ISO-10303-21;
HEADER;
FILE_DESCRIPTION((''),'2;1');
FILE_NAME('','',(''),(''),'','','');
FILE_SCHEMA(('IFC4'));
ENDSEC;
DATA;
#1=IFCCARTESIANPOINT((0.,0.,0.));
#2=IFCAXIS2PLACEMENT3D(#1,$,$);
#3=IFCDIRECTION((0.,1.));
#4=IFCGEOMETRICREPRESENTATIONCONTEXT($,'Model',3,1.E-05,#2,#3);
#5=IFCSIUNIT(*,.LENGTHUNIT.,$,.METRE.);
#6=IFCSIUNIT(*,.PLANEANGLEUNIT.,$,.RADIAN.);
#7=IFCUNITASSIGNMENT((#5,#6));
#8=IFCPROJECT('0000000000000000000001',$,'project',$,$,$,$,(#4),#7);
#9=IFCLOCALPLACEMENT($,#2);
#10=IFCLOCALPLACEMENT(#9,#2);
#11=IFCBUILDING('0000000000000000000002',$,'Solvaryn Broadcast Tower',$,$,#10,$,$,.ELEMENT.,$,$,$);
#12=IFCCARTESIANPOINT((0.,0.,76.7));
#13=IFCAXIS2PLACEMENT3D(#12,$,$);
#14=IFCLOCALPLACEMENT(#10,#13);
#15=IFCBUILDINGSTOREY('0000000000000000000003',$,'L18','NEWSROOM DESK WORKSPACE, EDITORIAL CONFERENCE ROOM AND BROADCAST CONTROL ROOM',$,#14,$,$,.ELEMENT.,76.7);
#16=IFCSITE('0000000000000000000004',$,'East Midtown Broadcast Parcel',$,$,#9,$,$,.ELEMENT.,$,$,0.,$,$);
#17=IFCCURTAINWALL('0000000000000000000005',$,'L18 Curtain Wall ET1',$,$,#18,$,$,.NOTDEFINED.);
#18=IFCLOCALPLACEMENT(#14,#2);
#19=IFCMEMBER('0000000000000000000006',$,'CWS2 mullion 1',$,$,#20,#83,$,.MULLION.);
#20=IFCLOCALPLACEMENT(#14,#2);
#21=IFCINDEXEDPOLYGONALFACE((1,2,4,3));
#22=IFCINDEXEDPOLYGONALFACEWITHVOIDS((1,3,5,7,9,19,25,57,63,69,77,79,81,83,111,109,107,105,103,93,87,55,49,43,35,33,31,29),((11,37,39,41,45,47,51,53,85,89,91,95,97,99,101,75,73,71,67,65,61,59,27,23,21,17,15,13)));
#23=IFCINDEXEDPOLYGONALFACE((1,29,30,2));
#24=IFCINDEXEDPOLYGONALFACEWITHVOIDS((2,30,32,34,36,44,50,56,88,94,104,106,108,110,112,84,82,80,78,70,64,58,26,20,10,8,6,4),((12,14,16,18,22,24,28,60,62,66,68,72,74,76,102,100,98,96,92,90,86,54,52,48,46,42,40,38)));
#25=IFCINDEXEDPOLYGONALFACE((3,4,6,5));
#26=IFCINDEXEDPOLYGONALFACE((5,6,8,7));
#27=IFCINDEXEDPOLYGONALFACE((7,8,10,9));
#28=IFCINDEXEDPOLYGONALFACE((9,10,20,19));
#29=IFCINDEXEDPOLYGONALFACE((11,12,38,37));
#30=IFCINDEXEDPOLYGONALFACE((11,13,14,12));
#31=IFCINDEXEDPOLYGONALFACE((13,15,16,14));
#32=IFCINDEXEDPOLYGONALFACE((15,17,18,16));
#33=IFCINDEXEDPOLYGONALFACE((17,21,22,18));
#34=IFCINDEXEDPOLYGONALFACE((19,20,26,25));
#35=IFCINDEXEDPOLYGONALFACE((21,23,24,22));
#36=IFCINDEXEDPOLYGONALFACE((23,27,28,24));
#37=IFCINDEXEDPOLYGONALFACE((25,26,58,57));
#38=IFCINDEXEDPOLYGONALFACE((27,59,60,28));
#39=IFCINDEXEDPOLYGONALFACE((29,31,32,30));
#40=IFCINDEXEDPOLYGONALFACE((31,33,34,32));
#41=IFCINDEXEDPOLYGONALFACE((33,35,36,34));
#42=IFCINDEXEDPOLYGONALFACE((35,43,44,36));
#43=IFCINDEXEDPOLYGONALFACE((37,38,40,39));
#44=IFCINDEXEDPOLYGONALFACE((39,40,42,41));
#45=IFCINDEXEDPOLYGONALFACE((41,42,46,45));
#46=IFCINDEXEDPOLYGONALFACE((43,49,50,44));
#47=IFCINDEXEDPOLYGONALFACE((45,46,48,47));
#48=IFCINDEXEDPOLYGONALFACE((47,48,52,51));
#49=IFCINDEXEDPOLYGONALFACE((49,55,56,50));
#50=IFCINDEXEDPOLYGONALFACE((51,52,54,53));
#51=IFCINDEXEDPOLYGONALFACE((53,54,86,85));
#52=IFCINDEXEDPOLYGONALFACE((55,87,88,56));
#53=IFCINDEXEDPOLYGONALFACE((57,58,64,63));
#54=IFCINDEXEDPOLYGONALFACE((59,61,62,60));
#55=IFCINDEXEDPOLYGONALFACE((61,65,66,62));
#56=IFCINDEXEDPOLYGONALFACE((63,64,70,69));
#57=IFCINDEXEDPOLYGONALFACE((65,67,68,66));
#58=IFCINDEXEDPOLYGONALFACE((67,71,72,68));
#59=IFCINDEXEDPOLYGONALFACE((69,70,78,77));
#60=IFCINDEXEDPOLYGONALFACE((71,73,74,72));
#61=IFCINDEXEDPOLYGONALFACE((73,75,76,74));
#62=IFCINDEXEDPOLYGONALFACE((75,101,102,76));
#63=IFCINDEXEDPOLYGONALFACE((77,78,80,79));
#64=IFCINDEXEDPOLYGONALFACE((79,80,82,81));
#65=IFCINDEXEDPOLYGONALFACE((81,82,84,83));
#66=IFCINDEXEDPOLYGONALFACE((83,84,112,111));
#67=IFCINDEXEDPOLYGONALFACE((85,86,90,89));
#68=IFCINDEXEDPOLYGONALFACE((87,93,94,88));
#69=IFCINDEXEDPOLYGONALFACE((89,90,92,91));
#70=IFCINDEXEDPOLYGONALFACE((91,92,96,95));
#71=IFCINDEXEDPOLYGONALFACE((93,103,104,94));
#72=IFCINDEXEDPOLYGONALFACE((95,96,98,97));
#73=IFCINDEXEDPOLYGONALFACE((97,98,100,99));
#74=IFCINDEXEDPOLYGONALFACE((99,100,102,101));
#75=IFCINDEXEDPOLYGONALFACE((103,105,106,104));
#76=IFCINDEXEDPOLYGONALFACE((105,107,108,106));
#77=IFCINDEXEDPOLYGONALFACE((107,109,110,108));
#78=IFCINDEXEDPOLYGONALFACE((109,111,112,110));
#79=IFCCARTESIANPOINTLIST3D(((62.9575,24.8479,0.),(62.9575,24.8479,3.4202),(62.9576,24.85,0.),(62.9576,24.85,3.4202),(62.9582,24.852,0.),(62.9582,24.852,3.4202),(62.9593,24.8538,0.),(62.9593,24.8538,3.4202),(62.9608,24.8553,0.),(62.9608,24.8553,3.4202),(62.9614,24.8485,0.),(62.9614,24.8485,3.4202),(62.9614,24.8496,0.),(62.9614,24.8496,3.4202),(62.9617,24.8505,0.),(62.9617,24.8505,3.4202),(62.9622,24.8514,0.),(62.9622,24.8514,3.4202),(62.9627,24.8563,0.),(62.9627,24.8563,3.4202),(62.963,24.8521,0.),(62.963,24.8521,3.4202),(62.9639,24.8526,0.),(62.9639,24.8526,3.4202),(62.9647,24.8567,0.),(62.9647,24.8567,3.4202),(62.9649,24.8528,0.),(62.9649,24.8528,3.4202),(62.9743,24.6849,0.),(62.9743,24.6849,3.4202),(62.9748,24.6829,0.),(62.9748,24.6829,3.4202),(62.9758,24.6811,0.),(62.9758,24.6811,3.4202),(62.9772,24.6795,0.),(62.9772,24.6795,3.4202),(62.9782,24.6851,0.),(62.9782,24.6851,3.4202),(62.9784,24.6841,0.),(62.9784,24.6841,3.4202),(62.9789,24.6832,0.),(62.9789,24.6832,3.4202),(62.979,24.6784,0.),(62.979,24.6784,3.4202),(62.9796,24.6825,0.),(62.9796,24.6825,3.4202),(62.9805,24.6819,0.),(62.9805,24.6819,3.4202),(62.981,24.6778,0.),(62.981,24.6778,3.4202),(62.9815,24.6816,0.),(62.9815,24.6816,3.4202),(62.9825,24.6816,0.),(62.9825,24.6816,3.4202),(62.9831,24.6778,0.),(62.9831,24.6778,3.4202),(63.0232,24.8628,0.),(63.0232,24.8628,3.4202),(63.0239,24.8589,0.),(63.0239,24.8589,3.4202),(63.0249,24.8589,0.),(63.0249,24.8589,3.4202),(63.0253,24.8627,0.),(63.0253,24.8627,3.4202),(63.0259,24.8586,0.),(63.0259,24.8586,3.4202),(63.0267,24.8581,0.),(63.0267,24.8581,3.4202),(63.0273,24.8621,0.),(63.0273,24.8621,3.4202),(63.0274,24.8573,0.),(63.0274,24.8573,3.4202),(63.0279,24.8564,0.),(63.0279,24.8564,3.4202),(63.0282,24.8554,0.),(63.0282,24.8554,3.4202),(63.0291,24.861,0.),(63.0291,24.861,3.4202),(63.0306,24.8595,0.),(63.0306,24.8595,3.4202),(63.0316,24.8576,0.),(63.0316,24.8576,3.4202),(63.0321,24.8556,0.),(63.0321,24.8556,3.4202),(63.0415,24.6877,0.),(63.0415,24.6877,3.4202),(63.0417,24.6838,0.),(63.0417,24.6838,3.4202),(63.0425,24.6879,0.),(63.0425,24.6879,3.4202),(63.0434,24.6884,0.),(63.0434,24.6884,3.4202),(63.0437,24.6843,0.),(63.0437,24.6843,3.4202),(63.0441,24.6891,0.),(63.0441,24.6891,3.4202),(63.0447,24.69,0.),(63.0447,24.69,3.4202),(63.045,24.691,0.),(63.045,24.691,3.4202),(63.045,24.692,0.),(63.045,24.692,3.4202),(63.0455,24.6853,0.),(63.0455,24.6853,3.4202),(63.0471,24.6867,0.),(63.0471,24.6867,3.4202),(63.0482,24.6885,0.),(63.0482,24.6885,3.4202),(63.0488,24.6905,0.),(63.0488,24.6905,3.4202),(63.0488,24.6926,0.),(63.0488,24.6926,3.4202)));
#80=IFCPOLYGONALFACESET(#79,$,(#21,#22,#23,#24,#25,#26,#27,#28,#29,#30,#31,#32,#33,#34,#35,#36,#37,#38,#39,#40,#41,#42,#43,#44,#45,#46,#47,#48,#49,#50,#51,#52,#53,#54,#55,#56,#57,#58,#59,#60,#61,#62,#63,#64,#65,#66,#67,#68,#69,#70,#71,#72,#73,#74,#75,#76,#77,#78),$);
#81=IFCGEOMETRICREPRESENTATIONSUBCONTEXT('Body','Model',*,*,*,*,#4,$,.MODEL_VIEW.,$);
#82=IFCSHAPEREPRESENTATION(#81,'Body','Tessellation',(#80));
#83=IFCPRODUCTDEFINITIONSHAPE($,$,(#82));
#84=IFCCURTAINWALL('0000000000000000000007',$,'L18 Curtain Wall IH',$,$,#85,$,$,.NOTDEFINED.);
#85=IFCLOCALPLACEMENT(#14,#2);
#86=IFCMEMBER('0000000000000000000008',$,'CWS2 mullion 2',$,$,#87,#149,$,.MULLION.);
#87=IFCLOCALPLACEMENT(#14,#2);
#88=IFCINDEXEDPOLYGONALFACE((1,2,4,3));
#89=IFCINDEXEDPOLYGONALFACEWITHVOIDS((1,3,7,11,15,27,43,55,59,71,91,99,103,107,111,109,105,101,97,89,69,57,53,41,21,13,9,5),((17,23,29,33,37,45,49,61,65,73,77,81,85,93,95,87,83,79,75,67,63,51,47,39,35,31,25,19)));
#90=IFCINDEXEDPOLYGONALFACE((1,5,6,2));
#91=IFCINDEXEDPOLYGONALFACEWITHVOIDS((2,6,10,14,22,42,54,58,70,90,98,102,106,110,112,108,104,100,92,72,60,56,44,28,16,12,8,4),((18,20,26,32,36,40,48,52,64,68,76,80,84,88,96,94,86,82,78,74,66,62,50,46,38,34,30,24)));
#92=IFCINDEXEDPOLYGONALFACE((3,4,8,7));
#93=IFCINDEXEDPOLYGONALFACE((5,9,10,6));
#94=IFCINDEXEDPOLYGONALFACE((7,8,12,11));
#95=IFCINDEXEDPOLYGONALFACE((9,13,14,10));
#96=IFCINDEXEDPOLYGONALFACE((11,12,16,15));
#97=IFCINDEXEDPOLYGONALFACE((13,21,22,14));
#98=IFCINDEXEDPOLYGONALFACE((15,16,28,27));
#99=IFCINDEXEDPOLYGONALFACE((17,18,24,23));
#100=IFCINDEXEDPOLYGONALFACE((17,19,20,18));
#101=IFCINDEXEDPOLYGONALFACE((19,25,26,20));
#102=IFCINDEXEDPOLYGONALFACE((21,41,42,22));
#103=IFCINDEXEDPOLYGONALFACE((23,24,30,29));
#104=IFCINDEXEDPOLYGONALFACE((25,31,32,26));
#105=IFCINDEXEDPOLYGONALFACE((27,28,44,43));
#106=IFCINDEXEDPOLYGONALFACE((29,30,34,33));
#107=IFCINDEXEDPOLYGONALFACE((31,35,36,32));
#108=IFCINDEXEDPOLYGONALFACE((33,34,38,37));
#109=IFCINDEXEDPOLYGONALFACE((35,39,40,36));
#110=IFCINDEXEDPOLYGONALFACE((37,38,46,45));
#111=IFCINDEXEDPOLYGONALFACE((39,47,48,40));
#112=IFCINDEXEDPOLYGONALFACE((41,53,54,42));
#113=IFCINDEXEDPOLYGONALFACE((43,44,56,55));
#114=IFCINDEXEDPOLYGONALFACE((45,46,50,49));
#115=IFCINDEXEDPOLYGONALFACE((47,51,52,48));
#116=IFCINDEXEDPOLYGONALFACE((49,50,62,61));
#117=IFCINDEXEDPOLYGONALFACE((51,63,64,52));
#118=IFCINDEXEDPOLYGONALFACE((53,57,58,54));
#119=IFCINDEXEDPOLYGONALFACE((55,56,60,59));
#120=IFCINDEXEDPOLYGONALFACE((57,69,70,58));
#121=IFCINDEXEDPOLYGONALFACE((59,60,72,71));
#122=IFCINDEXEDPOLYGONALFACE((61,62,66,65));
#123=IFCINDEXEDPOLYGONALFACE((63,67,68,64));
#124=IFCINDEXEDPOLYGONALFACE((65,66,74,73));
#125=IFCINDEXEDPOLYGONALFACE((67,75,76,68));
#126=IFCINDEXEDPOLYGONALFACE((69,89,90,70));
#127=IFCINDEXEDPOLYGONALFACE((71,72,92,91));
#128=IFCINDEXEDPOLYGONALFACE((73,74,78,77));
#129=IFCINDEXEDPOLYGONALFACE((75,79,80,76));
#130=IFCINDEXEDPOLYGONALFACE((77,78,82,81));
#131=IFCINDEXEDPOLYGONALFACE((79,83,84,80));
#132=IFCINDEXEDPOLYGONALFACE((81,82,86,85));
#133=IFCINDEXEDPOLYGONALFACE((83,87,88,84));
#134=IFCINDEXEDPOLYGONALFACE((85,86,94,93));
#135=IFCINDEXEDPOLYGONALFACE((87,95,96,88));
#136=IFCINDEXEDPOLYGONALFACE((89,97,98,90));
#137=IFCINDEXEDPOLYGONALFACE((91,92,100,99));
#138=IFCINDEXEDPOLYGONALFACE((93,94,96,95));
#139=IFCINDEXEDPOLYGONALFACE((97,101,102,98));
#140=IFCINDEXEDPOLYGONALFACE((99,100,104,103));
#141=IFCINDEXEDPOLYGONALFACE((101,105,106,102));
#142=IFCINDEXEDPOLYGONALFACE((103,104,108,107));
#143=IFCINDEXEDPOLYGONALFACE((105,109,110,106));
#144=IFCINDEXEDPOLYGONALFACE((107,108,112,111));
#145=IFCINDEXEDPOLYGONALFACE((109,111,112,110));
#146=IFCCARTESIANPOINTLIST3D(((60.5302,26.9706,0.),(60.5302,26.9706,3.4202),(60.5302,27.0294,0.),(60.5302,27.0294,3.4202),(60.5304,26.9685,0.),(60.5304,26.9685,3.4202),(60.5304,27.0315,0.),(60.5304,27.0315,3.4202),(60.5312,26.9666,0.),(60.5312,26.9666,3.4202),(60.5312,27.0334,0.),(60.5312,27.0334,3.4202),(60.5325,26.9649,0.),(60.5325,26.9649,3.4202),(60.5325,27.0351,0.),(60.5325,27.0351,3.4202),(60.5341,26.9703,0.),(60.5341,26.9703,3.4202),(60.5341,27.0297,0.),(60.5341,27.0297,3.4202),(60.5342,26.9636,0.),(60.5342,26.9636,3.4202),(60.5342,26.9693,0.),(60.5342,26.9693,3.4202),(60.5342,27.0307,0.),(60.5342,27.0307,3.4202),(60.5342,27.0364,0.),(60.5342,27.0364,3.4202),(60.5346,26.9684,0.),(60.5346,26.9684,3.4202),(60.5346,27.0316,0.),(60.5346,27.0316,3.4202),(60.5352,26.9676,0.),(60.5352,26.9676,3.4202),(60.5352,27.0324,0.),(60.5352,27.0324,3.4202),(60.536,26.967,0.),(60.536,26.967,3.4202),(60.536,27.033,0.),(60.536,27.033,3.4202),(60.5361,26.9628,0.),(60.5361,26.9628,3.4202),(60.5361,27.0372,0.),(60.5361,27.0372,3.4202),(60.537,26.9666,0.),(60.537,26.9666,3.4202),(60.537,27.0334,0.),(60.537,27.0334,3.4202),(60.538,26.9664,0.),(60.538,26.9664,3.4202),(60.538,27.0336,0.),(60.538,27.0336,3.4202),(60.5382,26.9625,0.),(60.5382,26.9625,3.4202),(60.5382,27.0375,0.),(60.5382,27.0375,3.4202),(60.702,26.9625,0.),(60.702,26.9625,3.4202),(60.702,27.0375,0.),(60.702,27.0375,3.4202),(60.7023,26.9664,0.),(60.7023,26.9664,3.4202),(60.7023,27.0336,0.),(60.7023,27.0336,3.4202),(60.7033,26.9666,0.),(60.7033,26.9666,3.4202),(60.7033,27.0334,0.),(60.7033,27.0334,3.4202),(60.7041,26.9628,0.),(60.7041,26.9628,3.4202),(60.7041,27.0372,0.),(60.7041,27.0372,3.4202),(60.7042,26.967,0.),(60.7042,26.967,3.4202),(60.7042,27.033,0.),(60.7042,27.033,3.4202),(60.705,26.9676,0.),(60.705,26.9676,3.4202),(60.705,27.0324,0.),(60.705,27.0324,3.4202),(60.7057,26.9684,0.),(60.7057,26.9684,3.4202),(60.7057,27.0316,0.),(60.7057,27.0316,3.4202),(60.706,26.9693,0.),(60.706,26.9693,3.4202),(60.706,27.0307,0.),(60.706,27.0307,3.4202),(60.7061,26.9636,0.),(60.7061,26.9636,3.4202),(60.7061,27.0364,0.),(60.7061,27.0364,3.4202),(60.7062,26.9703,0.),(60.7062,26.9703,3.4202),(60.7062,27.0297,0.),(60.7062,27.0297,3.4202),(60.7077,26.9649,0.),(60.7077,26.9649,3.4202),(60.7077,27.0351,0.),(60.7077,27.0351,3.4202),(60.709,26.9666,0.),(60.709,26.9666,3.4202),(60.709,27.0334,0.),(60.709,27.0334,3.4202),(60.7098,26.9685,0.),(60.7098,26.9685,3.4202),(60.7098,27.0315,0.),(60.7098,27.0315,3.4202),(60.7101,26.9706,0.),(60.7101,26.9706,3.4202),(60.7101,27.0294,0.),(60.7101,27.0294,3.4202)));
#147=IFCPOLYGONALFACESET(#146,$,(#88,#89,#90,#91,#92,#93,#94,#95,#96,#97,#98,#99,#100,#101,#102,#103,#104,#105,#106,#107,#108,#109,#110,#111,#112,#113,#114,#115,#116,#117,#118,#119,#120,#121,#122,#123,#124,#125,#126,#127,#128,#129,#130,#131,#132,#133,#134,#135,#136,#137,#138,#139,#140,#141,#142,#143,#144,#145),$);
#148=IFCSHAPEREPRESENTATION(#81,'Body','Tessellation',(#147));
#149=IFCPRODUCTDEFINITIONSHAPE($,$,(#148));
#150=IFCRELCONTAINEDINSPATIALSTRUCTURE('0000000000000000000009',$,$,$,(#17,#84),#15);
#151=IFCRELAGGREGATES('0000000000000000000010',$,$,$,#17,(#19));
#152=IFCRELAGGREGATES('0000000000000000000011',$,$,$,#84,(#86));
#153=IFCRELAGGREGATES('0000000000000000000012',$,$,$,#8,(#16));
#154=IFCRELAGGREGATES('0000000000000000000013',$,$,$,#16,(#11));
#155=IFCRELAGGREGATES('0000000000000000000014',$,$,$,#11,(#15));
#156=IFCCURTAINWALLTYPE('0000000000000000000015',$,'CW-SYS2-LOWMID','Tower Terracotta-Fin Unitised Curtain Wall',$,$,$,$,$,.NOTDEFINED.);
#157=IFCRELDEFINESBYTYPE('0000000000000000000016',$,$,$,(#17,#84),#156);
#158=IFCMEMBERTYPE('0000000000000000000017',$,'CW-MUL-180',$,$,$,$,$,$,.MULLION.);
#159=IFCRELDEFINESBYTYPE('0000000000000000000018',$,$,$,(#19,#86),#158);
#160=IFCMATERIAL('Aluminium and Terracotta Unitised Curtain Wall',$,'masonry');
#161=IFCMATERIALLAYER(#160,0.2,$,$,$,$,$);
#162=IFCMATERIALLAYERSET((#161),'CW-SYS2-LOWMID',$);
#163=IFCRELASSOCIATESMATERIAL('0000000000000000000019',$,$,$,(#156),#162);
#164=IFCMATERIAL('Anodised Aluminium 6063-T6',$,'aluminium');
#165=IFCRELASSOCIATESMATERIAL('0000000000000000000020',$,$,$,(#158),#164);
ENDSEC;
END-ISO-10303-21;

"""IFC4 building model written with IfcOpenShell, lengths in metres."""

from ifc_helpers import new_model, si_unit, direction, frame, origin, origin_2d, place, context, subcontext, project, spatial, hollow_rectangle, extrude, material, layer, layer_set, material_profile, profile_set, type_object, element, aggregate, save


model = new_model("IFC4")

# Units and contexts
model_context = context("Model", 3, precision=1e-05, world=origin(), true_north=direction((0.0, 1.0)))
body_context = subcontext(model_context, "Body", "Model", "MODEL_VIEW")
ifc_project = project(units=[si_unit("LENGTHUNIT", "METRE"), si_unit("PLANEANGLEUNIT", "RADIAN")], contexts=[model_context])

# Site, building, storey
site_placement = place(None, origin())
site = spatial("IfcSite", under=ifc_project, at=site_placement, Name="East Midtown Broadcast Parcel", CompositionType="ELEMENT", RefElevation=0.0)
building_placement = place(site_placement, origin())
building = spatial("IfcBuilding", under=site, at=building_placement, Name="Solvaryn Broadcast Tower", CompositionType="ELEMENT")
storey_placement = place(building_placement, frame((0.0, 0.0, 76.7)))
storey = spatial("IfcBuildingStorey", under=building, at=storey_placement, Name="L18", Description="NEWSROOM DESK WORKSPACE, EDITORIAL CONFERENCE ROOM AND BROADCAST CONTROL ROOM", CompositionType="ELEMENT", Elevation=76.7)

# Curtain walls, members
ifc_material_1 = material(Name="Aluminium and Terracotta Unitised Curtain Wall", Category="masonry")
ifc_layer_1 = layer(ifc_material_1, 0.2)
ifc_layer_set_1 = layer_set([ifc_layer_1], Name="CW-SYS2-LOWMID")
curtain_wall_type = type_object("IfcCurtainWallType", Name="CW-SYS2-LOWMID", Description="Tower Terracotta-Fin Unitised Curtain Wall", PredefinedType="NOTDEFINED", material=ifc_layer_set_1)
curtain_wall_1_placement = place(storey_placement, origin())
curtain_wall_1 = element("IfcCurtainWall", 1, at=curtain_wall_1_placement, inside=storey, type_object=curtain_wall_type, Name="L18 Curtain Wall ET1", PredefinedType="NOTDEFINED")
ifc_material_2 = material(Name="Anodised Aluminium 6063-T6", Category="aluminium")
ifc_material_profile_1 = material_profile(ifc_material_2, hollow_rectangle(XDim=0.075, YDim=0.1799, WallThickness=0.0039, InnerFilletRadius=0.0039, OuterFilletRadius=0.0081, at=origin_2d()))
ifc_profile_set_1 = profile_set([ifc_material_profile_1], Name="Anodised Aluminium 6063-T6")
member_type_1 = type_object("IfcMemberType", Name="CW-MUL-180", PredefinedType="MULLION", material=ifc_profile_set_1)
member_1_placement = place(storey_placement, frame((63.0032, 24.7703, 0.0), z_axis=(0.0, 0.0, 1.0), x_axis=(0.994743, 0.1024, 0.0)))
member_1 = element("IfcMember", 2, at=member_1_placement, type_object=member_type_1, Name="CWS2 mullion 1", PredefinedType="MULLION", context=body_context, shape_type="SweptSolid", body=[
    extrude(hollow_rectangle(XDim=0.075, YDim=0.1799, WallThickness=0.0039, InnerFilletRadius=0.0039, OuterFilletRadius=0.0081, at=origin_2d()), origin(), (0.0, 0.0, 1.0), 3.4202),
])
curtain_wall_2_placement = place(storey_placement, origin())
curtain_wall_2 = element("IfcCurtainWall", 3, at=curtain_wall_2_placement, inside=storey, type_object=curtain_wall_type, Name="L18 Curtain Wall IH", PredefinedType="NOTDEFINED")
member_2_placement = place(storey_placement, frame((60.6201, 27.0, 0.0), z_axis=(0.0, 0.0, 1.0), x_axis=(0.0, 1.0, 0.0)))
member_2 = element("IfcMember", 4, at=member_2_placement, type_object=member_type_1, Name="CWS2 mullion 2", PredefinedType="MULLION", context=body_context, shape_type="SweptSolid", body=[
    extrude(hollow_rectangle(XDim=0.075, YDim=0.1799, WallThickness=0.0039, InnerFilletRadius=0.0039, OuterFilletRadius=0.0081, at=origin_2d()), origin(), (0.0, 0.0, 1.0), 3.4202),
])

aggregate(curtain_wall_1, [member_1])
aggregate(curtain_wall_2, [member_2])

save(model, "model.ifc")
